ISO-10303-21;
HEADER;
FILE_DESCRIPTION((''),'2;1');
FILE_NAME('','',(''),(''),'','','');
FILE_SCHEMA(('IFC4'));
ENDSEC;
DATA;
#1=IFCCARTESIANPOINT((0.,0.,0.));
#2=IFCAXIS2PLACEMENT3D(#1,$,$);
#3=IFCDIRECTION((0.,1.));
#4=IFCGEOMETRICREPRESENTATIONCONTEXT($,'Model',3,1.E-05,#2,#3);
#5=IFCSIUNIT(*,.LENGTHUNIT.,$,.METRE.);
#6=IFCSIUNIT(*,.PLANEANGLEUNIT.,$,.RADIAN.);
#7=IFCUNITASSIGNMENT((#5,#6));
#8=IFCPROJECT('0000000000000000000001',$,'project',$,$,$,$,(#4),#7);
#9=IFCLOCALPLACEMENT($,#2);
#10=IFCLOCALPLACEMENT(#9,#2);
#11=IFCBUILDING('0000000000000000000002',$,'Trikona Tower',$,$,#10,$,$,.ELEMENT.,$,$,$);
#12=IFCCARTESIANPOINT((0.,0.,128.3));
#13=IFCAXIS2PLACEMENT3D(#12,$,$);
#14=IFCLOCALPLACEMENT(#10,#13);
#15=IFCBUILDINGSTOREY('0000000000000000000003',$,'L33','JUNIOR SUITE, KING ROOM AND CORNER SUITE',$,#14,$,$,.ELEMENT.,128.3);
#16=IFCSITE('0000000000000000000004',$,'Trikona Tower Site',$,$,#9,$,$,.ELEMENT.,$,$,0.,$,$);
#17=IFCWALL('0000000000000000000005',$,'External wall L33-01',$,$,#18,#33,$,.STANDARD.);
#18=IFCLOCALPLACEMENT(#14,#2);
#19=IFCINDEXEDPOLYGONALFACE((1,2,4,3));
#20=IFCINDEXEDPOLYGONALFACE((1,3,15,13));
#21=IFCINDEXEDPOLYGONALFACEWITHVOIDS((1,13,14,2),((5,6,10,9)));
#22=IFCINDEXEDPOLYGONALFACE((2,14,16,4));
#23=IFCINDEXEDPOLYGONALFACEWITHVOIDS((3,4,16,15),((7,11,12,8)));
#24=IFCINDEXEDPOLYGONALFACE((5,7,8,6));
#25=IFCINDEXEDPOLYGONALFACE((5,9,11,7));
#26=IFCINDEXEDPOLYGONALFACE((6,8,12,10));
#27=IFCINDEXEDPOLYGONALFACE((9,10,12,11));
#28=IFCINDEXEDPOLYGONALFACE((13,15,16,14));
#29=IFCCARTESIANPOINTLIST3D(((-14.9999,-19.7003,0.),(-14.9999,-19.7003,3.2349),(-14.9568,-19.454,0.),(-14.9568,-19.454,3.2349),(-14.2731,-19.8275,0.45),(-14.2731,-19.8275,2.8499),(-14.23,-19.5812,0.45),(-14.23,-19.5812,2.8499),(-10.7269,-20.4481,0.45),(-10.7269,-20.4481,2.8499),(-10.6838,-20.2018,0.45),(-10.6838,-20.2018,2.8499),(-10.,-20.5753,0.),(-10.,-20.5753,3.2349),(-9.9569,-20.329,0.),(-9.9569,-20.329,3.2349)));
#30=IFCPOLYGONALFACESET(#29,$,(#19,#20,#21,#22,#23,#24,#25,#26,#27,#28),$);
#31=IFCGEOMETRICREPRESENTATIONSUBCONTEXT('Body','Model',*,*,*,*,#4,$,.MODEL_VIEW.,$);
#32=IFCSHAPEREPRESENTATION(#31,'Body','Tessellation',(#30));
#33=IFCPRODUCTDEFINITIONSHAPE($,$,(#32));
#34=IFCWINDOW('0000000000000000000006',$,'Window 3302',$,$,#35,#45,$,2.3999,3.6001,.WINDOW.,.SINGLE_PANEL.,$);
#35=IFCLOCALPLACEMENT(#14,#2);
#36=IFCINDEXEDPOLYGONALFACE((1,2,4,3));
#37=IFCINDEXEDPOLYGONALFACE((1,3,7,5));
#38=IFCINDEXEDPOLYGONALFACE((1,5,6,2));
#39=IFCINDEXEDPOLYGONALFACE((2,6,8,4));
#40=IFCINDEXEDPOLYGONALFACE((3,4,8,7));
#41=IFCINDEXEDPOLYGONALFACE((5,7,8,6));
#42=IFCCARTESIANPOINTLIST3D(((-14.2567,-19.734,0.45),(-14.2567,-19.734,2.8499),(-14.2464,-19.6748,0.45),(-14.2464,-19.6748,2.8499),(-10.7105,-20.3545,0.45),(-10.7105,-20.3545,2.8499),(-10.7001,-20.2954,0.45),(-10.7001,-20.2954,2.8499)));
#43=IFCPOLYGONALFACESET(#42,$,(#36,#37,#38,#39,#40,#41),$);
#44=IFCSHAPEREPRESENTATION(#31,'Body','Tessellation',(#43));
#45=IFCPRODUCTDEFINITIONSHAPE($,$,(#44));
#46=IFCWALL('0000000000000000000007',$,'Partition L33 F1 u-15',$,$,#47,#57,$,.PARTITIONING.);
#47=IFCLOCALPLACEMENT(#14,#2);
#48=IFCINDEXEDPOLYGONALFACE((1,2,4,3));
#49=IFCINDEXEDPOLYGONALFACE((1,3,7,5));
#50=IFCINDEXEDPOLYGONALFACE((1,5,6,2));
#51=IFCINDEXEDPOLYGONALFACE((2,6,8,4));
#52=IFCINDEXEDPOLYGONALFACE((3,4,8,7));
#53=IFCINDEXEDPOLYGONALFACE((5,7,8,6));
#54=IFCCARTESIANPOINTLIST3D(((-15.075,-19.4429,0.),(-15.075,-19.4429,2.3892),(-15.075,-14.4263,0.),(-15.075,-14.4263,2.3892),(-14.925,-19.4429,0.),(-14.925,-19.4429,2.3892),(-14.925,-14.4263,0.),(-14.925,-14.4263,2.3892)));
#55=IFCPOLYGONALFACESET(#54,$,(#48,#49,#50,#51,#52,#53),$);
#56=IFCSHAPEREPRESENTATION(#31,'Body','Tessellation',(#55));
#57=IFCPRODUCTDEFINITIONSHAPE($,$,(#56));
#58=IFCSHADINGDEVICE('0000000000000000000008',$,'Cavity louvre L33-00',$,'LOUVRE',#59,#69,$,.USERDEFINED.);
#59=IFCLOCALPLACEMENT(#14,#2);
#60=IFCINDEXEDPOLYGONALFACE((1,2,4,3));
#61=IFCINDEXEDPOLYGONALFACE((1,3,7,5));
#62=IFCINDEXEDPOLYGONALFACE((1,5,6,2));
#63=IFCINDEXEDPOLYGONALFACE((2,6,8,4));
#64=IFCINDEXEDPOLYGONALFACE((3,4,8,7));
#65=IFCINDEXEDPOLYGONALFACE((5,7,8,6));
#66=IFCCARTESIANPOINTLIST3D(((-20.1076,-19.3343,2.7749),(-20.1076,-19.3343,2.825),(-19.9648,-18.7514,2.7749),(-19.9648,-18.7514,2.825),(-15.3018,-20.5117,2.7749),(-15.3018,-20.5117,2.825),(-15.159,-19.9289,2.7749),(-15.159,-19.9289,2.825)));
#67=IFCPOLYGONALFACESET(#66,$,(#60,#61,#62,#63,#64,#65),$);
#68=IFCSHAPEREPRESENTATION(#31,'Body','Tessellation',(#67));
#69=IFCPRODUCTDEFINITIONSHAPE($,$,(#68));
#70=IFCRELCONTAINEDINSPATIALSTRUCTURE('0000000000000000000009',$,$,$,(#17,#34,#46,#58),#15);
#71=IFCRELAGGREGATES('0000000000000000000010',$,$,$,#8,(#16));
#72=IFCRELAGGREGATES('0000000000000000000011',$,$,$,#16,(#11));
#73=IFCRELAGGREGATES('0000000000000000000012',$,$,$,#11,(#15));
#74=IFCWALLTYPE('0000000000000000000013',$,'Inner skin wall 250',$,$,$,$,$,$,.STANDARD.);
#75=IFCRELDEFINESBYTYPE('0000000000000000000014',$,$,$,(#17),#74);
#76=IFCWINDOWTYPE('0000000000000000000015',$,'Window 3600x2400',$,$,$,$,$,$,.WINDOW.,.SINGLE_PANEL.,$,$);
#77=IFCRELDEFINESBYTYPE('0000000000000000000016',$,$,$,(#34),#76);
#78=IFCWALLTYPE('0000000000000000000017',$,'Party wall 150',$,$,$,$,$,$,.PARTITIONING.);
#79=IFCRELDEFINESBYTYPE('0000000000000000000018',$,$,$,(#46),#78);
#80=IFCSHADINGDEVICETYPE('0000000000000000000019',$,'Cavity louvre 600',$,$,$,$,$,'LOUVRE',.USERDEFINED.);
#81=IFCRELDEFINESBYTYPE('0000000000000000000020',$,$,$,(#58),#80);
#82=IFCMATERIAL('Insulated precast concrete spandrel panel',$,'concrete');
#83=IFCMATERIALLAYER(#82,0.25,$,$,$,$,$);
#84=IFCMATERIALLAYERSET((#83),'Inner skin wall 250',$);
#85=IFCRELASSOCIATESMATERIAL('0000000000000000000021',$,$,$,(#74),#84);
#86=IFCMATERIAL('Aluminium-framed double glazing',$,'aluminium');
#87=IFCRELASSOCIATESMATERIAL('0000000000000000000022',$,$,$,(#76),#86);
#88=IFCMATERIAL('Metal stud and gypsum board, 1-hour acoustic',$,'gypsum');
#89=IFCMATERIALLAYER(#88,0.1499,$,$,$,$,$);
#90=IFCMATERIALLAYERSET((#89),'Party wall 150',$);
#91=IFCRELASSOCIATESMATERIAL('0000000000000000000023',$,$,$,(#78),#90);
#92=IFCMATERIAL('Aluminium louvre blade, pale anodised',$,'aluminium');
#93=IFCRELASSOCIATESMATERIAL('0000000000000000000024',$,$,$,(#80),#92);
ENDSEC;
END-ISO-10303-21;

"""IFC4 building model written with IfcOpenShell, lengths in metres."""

from ifc_helpers import new_model, si_unit, direction, frame, frame_2d, origin, origin_2d, place, context, subcontext, project, spatial, rectangle, extrude, material, layer, layer_set, type_object, element, fill, save


model = new_model("IFC4")

# Units and contexts
model_context = context("Model", 3, precision=1e-05, world=origin(), true_north=direction((0.0, 1.0)))
body_context = subcontext(model_context, "Body", "Model", "MODEL_VIEW")
ifc_project = project(units=[si_unit("LENGTHUNIT", "METRE"), si_unit("PLANEANGLEUNIT", "RADIAN")], contexts=[model_context])

# Site, building, storey
site_placement = place(None, origin())
site = spatial("IfcSite", under=ifc_project, at=site_placement, Name="Trikona Tower Site", CompositionType="ELEMENT", RefElevation=0.0)
building_placement = place(site_placement, origin())
building = spatial("IfcBuilding", under=site, at=building_placement, Name="Trikona Tower", CompositionType="ELEMENT")
storey_placement = place(building_placement, frame((0.0, 0.0, 128.3)))
storey = spatial("IfcBuildingStorey", under=building, at=storey_placement, Name="L33", Description="JUNIOR SUITE, KING ROOM AND CORNER SUITE", CompositionType="ELEMENT", Elevation=128.3)

# Wall, opening, window
ifc_material_1 = material(Name="Insulated precast concrete spandrel panel", Category="concrete")
ifc_layer_1 = layer(ifc_material_1, 0.25)
ifc_layer_set_1 = layer_set([ifc_layer_1], Name="Inner skin wall 250")
wall_type_1 = type_object("IfcWallType", Name="Inner skin wall 250", PredefinedType="STANDARD", material=ifc_layer_set_1)
wall_1_placement = place(storey_placement, frame((-14.9785, -19.5771, 0.0), z_axis=(0.0, 0.0, 1.0), x_axis=(0.98503, -0.17238, 0.0)))
wall_1 = element("IfcWall", 1, at=wall_1_placement, inside=storey, type_object=wall_type_1, Name="External wall L33-01", PredefinedType="STANDARD", context=body_context, shape_type="SweptSolid", body=[
    extrude(rectangle(XDim=5.0759, YDim=0.25, at=frame_2d((2.5381, 0.0))), origin(), (0.0, 0.0, 1.0), 3.2349),
])
opening_1_placement = place(wall_1_placement, frame((0.738, 0.0, 0.45)))
opening_1 = element("IfcOpeningElement", 2, at=opening_1_placement, cuts=wall_1, PredefinedType="OPENING", context=body_context, shape_type="SweptSolid", body=[
    extrude(rectangle(XDim=3.6001, YDim=2.3999, at=frame_2d((1.8, 1.2))), frame((0.0, 0.135, 0.0), z_axis=(0.0, -1.0, 0.0), x_axis=(1.0, 0.0, 0.0)), (0.0, 0.0, 1.0), 0.27),
])
ifc_material_2 = material(Name="Aluminium-framed double glazing", Category="aluminium")
window_type = type_object("IfcWindowType", Name="Window 3600x2400", PartitioningType="SINGLE_PANEL", PredefinedType="WINDOW", material=ifc_material_2)
window_placement = place(opening_1_placement, origin())
window = element("IfcWindow", 3, at=window_placement, inside=storey, type_object=window_type, Name="Window 3302", OverallHeight=2.3999, OverallWidth=3.6001, PartitioningType="SINGLE_PANEL", PredefinedType="WINDOW", context=body_context, shape_type="SweptSolid", body=[
    extrude(rectangle(XDim=3.6001, YDim=2.3999, at=frame_2d((1.8, 1.2))), frame((0.0, 0.03, 0.0), z_axis=(0.0, -1.0, 0.0), x_axis=(1.0, 0.0, 0.0)), (0.0, 0.0, 1.0), 0.0601),
])
fill(opening_1, window)

# Wall
ifc_material_3 = material(Name="Metal stud and gypsum board, 1-hour acoustic", Category="gypsum")
ifc_layer_2 = layer(ifc_material_3, 0.1499)
ifc_layer_set_2 = layer_set([ifc_layer_2], Name="Party wall 150")
wall_type_2 = type_object("IfcWallType", Name="Party wall 150", PredefinedType="PARTITIONING", material=ifc_layer_set_2)
wall_2_placement = place(storey_placement, frame((-15.0, -14.4263, 0.0), z_axis=(0.0, 0.0, 1.0), x_axis=(0.0, -1.0, 0.0)))
element("IfcWall", 4, at=wall_2_placement, inside=storey, type_object=wall_type_2, Name="Partition L33 F1 u-15", PredefinedType="PARTITIONING", context=body_context, shape_type="SweptSolid", body=[
    extrude(rectangle(XDim=5.0166, YDim=0.1499, at=frame_2d((2.5083, 0.0))), origin(), (0.0, 0.0, 1.0), 2.3892),
])

# Shading device
ifc_material_4 = material(Name="Aluminium louvre blade, pale anodised", Category="aluminium")
shading_device_type = type_object("IfcShadingDeviceType", Name="Cavity louvre 600", ElementType="LOUVRE", PredefinedType="USERDEFINED", material=ifc_material_4)
shading_device_placement = place(storey_placement, frame((-17.6333, -19.6316, 2.7749), z_axis=(0.0, 0.0, 1.0), x_axis=(0.971274, -0.237962, 0.0)))
element("IfcShadingDevice", 5, at=shading_device_placement, inside=storey, type_object=shading_device_type, Name="Cavity louvre L33-00", ObjectType="LOUVRE", PredefinedType="USERDEFINED", context=body_context, shape_type="SweptSolid", body=[
    extrude(rectangle(XDim=4.948, YDim=0.6001, at=origin_2d()), origin(), (0.0, 0.0, 1.0), 0.05),
])

save(model, "model.ifc")
